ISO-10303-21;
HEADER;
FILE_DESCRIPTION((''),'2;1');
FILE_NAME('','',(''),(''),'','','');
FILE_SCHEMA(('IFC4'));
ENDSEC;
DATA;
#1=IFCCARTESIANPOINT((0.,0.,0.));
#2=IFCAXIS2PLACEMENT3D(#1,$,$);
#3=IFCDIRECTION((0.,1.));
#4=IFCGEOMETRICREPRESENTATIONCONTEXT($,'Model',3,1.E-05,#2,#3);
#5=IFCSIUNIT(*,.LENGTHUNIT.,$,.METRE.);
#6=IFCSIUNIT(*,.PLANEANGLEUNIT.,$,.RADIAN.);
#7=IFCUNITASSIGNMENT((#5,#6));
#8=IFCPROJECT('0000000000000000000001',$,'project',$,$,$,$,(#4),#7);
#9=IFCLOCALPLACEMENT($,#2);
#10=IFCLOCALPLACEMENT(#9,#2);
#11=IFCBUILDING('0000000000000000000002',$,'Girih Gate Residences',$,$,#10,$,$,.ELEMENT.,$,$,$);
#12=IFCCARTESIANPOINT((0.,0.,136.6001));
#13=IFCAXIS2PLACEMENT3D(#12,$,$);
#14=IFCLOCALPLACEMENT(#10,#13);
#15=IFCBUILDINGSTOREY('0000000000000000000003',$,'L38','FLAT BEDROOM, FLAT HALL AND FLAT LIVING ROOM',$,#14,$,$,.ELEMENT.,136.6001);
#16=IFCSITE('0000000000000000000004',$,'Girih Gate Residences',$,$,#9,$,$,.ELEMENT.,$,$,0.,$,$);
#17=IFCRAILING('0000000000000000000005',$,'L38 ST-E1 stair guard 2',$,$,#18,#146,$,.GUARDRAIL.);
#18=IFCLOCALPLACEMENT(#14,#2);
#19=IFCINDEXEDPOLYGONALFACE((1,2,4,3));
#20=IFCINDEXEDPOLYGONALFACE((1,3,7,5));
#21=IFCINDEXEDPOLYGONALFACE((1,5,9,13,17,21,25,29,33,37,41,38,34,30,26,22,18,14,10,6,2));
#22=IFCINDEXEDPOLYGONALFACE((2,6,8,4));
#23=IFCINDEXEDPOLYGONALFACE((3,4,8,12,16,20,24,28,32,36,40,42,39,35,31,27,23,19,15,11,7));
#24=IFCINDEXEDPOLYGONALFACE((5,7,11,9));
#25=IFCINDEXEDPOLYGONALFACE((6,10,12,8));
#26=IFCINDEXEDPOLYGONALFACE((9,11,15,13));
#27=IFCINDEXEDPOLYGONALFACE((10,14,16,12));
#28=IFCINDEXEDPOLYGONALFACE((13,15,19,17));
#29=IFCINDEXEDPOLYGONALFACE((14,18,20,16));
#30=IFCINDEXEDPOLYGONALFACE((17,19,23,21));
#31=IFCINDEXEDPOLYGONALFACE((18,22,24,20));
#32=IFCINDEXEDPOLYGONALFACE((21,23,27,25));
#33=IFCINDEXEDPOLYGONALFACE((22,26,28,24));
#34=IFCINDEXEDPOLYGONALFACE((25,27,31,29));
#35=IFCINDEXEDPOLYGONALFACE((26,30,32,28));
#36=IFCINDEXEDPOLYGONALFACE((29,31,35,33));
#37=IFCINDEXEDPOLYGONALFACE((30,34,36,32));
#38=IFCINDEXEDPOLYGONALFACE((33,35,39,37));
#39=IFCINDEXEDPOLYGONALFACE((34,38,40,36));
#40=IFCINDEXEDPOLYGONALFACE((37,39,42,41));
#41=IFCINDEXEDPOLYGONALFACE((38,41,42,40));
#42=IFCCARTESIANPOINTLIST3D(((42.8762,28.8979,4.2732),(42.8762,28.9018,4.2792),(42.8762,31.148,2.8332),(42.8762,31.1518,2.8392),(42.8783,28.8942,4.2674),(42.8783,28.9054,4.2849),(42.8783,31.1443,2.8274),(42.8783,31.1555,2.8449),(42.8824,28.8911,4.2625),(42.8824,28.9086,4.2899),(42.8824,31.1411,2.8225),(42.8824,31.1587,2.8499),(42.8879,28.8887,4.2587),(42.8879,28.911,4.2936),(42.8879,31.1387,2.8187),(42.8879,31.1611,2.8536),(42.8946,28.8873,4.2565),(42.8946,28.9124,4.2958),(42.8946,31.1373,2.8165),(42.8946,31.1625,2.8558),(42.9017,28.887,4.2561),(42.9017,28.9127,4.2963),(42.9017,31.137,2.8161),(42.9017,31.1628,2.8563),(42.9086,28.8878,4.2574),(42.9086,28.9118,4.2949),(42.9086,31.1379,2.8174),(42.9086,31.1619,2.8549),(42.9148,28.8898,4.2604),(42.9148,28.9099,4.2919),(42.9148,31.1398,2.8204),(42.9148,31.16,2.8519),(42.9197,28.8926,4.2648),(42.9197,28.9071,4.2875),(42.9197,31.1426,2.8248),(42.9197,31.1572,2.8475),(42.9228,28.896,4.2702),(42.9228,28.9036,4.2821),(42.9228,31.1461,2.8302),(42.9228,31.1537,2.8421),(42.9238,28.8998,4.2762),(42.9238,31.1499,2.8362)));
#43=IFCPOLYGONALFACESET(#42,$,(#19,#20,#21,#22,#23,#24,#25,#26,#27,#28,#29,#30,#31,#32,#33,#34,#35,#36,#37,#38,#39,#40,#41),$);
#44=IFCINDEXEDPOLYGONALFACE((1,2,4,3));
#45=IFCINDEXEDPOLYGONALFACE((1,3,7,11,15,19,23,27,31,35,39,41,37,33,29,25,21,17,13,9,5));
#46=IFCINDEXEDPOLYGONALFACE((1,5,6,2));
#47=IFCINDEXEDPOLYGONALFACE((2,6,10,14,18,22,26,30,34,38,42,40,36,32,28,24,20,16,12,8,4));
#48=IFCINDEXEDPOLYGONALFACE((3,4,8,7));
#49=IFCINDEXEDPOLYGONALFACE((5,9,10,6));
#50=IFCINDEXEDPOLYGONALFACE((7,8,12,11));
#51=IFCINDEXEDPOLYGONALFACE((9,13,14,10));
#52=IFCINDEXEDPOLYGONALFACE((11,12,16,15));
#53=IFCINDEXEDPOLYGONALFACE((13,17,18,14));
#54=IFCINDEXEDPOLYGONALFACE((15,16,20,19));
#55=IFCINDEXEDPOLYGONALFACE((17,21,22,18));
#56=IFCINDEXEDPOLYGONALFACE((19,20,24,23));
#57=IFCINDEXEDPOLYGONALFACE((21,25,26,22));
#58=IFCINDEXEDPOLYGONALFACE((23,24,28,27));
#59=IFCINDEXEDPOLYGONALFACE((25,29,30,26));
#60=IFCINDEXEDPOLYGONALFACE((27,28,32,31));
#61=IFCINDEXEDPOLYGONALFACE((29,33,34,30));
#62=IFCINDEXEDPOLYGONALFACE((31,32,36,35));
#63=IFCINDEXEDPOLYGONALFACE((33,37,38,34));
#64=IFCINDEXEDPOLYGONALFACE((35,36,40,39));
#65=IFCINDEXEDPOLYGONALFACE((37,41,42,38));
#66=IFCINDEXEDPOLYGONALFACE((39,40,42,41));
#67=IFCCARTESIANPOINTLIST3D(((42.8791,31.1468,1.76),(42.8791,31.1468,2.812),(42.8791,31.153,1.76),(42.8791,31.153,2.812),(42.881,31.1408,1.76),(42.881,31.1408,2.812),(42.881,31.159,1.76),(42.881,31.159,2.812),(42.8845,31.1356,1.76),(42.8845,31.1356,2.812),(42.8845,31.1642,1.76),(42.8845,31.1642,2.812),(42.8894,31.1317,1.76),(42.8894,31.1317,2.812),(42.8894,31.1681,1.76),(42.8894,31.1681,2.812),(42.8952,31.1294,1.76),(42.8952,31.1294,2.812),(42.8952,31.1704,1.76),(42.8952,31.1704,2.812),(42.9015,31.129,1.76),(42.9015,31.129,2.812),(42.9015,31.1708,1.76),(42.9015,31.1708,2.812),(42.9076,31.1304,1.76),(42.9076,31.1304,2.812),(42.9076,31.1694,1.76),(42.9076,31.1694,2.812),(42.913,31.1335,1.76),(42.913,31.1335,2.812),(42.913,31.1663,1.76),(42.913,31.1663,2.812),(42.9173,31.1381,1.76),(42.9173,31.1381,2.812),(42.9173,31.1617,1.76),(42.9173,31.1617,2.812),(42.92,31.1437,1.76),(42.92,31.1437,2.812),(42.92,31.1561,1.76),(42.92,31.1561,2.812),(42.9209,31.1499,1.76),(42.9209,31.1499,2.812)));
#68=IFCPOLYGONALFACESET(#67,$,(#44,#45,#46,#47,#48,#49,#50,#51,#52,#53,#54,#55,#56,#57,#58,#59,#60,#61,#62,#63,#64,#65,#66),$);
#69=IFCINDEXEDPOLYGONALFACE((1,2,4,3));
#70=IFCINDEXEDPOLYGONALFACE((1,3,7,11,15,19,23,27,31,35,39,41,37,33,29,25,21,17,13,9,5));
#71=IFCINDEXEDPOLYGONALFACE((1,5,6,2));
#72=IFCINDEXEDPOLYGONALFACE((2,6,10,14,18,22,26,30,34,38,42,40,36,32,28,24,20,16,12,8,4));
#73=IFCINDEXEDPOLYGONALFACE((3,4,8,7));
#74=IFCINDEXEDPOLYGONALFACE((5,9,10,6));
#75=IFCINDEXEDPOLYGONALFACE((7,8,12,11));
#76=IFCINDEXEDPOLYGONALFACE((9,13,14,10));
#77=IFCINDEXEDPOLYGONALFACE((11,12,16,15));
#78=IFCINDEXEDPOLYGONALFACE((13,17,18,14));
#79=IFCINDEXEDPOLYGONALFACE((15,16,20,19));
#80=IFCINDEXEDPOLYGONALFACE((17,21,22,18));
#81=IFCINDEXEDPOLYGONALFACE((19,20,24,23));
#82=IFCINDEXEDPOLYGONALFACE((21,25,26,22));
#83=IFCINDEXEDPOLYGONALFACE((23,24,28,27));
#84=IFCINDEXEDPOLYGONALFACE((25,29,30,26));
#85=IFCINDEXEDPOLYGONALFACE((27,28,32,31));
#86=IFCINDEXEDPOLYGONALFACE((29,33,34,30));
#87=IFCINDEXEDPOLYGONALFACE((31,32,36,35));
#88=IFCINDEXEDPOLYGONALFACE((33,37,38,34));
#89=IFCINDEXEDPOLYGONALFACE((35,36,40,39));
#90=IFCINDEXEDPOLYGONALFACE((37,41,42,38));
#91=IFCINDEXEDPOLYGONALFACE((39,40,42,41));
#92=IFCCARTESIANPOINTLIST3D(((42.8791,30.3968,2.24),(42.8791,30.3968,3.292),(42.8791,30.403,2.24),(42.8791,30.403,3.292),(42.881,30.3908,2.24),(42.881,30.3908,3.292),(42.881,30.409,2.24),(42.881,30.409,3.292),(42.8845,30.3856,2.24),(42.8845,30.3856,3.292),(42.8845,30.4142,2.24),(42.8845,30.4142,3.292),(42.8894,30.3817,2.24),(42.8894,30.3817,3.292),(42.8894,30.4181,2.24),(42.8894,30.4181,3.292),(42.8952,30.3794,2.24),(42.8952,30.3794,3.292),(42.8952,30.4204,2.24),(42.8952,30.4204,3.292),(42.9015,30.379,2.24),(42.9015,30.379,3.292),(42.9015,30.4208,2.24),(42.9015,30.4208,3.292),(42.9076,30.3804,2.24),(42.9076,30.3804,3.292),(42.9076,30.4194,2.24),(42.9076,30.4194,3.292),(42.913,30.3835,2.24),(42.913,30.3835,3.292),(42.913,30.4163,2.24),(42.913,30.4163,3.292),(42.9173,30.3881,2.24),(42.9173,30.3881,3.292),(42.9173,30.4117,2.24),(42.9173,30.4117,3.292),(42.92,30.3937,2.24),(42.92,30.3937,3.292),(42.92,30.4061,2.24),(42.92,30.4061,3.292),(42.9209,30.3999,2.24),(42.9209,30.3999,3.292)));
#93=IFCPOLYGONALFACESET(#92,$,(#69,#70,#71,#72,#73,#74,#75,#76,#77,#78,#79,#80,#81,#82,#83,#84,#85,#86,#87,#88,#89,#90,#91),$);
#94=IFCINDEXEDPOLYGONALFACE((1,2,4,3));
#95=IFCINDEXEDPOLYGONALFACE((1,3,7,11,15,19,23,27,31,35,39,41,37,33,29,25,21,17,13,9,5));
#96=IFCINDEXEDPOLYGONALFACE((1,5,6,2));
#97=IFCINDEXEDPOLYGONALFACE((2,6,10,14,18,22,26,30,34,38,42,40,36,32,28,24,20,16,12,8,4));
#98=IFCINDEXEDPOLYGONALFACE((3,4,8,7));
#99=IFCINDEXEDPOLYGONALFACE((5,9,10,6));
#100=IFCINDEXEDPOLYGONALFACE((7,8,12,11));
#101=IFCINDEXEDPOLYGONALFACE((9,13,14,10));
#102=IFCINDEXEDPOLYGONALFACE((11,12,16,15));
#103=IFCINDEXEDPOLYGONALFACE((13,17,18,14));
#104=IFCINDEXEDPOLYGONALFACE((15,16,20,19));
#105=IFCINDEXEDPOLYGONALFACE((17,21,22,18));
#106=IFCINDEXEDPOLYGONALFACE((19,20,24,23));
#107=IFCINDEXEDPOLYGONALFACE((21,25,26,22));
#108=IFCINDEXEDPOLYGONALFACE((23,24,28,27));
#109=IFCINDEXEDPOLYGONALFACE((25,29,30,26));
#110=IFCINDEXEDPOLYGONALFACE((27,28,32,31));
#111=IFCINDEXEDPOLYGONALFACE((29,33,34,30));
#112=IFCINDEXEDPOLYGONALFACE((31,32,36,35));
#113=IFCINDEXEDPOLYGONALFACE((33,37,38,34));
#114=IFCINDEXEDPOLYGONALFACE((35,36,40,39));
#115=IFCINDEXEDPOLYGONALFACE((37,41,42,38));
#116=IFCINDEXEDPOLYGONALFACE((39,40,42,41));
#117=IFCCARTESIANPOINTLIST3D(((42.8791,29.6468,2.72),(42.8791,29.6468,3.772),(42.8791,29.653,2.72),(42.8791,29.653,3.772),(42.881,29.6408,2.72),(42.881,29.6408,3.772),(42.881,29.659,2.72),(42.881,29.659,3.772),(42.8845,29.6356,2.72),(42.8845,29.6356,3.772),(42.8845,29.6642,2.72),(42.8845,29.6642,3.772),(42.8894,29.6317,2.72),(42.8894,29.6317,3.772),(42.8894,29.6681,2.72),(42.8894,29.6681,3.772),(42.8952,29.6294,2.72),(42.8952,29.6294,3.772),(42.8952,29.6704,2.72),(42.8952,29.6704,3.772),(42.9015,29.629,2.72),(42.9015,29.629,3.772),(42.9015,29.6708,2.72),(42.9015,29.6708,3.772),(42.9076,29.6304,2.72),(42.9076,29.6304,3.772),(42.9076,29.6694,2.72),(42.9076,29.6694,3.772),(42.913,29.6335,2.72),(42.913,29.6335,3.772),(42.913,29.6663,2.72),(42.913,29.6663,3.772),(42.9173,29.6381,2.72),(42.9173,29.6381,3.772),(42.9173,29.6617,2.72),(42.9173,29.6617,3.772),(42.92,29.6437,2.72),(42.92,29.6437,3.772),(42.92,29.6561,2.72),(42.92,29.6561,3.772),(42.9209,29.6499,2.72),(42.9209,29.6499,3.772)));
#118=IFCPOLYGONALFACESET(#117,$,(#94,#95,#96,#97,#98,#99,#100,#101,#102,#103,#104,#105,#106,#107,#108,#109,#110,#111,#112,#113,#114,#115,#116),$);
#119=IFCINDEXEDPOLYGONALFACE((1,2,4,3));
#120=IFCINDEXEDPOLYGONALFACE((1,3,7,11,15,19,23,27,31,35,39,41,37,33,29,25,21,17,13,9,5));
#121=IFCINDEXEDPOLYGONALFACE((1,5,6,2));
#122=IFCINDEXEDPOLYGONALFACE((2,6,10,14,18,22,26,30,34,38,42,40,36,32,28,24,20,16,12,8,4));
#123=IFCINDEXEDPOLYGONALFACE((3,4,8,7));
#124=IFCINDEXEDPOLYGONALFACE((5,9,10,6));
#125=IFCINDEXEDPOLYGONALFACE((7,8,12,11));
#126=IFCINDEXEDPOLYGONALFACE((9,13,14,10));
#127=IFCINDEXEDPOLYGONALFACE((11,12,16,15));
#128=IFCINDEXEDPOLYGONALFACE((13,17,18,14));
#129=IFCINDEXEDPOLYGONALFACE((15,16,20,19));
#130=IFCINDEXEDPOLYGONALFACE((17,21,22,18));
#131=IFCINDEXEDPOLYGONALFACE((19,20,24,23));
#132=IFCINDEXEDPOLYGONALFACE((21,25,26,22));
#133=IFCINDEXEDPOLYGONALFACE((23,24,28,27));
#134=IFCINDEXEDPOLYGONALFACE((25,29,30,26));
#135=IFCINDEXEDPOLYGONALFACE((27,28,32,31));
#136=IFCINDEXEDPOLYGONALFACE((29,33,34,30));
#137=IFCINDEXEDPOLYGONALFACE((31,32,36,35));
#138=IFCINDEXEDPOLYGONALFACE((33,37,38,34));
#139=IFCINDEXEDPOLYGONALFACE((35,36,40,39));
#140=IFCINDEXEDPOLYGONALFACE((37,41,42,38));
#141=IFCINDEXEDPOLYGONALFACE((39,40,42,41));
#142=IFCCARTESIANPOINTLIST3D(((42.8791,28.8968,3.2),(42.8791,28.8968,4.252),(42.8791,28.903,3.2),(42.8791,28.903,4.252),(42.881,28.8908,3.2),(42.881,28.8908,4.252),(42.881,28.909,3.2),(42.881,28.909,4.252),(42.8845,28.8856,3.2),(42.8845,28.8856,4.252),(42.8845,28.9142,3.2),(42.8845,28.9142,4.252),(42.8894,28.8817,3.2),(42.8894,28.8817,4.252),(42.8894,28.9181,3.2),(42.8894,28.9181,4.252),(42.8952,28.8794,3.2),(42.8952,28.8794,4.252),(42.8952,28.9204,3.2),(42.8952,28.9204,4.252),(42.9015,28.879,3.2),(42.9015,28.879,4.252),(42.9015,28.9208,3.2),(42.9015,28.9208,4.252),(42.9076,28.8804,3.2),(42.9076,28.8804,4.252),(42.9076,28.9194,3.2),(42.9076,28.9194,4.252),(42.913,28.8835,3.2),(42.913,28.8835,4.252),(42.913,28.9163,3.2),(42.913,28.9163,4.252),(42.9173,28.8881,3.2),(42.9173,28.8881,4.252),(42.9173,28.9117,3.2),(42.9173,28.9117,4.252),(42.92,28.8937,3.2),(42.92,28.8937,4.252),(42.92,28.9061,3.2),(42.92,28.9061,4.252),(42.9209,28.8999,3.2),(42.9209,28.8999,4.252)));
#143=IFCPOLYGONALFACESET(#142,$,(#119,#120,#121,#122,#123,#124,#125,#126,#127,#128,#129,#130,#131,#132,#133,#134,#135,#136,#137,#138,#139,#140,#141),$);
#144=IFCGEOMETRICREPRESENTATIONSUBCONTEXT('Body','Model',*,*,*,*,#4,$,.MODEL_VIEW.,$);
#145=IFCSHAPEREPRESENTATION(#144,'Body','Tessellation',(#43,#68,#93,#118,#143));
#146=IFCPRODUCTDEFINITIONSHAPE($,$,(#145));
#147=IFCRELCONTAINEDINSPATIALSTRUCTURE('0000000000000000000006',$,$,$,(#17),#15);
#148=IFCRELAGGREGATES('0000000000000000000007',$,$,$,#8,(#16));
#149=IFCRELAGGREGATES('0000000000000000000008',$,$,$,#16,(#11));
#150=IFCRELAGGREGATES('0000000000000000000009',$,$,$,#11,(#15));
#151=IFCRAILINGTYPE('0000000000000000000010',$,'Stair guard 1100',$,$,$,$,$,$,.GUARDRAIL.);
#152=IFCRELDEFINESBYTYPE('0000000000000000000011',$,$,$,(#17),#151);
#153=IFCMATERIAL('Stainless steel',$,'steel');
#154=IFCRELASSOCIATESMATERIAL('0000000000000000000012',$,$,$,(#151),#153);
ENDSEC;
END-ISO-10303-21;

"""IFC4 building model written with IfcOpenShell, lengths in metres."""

from ifc_helpers import new_model, si_unit, direction, frame, origin, origin_2d, place, context, subcontext, project, spatial, circle, extrude, material, type_object, element, save


model = new_model("IFC4")

# Units and contexts
model_context = context("Model", 3, precision=1e-05, world=origin(), true_north=direction((0.0, 1.0)))
body_context = subcontext(model_context, "Body", "Model", "MODEL_VIEW")
ifc_project = project(units=[si_unit("LENGTHUNIT", "METRE"), si_unit("PLANEANGLEUNIT", "RADIAN")], contexts=[model_context])

# Site, building, storey
site_placement = place(None, origin())
site = spatial("IfcSite", under=ifc_project, at=site_placement, Name="Girih Gate Residences", CompositionType="ELEMENT", RefElevation=0.0)
building_placement = place(site_placement, origin())
building = spatial("IfcBuilding", under=site, at=building_placement, Name="Girih Gate Residences", CompositionType="ELEMENT")
storey_placement = place(building_placement, frame((0.0, 0.0, 136.6001)))
storey = spatial("IfcBuildingStorey", under=building, at=storey_placement, Name="L38", Description="FLAT BEDROOM, FLAT HALL AND FLAT LIVING ROOM", CompositionType="ELEMENT", Elevation=136.6001)

# Railing
ifc_material_1 = material(Name="Stainless steel", Category="steel")
railing_type_1 = type_object("IfcRailingType", Name="Stair guard 1100", PredefinedType="GUARDRAIL", material=ifc_material_1)
railing_1_placement = place(storey_placement, frame((42.8999, 31.1499, 1.76)))
element("IfcRailing", 1, at=railing_1_placement, inside=storey, type_object=railing_type_1, Name="L38 ST-E1 stair guard 2", PredefinedType="GUARDRAIL", context=body_context, shape_type="SweptSolid", body=[
    extrude(circle(Radius=0.0239, at=origin_2d()), frame((0.0, 0.0, 1.0762), z_axis=(0.0, -0.842281, 0.539038), x_axis=(1.0, 0.0, 0.0)), (0.0, 0.0, 1.0), 2.6714),
    extrude(circle(Radius=0.021, at=origin_2d()), origin(), (0.0, 0.0, 1.0), 1.052),
    extrude(circle(Radius=0.021, at=origin_2d()), frame((0.0, -0.75, 0.48)), (0.0, 0.0, 1.0), 1.052),
    extrude(circle(Radius=0.021, at=origin_2d()), frame((0.0, -1.5, 0.96)), (0.0, 0.0, 1.0), 1.052),
    extrude(circle(Radius=0.021, at=origin_2d()), frame((0.0, -2.25, 1.4399)), (0.0, 0.0, 1.0), 1.052),
])

save(model, "model.ifc")
